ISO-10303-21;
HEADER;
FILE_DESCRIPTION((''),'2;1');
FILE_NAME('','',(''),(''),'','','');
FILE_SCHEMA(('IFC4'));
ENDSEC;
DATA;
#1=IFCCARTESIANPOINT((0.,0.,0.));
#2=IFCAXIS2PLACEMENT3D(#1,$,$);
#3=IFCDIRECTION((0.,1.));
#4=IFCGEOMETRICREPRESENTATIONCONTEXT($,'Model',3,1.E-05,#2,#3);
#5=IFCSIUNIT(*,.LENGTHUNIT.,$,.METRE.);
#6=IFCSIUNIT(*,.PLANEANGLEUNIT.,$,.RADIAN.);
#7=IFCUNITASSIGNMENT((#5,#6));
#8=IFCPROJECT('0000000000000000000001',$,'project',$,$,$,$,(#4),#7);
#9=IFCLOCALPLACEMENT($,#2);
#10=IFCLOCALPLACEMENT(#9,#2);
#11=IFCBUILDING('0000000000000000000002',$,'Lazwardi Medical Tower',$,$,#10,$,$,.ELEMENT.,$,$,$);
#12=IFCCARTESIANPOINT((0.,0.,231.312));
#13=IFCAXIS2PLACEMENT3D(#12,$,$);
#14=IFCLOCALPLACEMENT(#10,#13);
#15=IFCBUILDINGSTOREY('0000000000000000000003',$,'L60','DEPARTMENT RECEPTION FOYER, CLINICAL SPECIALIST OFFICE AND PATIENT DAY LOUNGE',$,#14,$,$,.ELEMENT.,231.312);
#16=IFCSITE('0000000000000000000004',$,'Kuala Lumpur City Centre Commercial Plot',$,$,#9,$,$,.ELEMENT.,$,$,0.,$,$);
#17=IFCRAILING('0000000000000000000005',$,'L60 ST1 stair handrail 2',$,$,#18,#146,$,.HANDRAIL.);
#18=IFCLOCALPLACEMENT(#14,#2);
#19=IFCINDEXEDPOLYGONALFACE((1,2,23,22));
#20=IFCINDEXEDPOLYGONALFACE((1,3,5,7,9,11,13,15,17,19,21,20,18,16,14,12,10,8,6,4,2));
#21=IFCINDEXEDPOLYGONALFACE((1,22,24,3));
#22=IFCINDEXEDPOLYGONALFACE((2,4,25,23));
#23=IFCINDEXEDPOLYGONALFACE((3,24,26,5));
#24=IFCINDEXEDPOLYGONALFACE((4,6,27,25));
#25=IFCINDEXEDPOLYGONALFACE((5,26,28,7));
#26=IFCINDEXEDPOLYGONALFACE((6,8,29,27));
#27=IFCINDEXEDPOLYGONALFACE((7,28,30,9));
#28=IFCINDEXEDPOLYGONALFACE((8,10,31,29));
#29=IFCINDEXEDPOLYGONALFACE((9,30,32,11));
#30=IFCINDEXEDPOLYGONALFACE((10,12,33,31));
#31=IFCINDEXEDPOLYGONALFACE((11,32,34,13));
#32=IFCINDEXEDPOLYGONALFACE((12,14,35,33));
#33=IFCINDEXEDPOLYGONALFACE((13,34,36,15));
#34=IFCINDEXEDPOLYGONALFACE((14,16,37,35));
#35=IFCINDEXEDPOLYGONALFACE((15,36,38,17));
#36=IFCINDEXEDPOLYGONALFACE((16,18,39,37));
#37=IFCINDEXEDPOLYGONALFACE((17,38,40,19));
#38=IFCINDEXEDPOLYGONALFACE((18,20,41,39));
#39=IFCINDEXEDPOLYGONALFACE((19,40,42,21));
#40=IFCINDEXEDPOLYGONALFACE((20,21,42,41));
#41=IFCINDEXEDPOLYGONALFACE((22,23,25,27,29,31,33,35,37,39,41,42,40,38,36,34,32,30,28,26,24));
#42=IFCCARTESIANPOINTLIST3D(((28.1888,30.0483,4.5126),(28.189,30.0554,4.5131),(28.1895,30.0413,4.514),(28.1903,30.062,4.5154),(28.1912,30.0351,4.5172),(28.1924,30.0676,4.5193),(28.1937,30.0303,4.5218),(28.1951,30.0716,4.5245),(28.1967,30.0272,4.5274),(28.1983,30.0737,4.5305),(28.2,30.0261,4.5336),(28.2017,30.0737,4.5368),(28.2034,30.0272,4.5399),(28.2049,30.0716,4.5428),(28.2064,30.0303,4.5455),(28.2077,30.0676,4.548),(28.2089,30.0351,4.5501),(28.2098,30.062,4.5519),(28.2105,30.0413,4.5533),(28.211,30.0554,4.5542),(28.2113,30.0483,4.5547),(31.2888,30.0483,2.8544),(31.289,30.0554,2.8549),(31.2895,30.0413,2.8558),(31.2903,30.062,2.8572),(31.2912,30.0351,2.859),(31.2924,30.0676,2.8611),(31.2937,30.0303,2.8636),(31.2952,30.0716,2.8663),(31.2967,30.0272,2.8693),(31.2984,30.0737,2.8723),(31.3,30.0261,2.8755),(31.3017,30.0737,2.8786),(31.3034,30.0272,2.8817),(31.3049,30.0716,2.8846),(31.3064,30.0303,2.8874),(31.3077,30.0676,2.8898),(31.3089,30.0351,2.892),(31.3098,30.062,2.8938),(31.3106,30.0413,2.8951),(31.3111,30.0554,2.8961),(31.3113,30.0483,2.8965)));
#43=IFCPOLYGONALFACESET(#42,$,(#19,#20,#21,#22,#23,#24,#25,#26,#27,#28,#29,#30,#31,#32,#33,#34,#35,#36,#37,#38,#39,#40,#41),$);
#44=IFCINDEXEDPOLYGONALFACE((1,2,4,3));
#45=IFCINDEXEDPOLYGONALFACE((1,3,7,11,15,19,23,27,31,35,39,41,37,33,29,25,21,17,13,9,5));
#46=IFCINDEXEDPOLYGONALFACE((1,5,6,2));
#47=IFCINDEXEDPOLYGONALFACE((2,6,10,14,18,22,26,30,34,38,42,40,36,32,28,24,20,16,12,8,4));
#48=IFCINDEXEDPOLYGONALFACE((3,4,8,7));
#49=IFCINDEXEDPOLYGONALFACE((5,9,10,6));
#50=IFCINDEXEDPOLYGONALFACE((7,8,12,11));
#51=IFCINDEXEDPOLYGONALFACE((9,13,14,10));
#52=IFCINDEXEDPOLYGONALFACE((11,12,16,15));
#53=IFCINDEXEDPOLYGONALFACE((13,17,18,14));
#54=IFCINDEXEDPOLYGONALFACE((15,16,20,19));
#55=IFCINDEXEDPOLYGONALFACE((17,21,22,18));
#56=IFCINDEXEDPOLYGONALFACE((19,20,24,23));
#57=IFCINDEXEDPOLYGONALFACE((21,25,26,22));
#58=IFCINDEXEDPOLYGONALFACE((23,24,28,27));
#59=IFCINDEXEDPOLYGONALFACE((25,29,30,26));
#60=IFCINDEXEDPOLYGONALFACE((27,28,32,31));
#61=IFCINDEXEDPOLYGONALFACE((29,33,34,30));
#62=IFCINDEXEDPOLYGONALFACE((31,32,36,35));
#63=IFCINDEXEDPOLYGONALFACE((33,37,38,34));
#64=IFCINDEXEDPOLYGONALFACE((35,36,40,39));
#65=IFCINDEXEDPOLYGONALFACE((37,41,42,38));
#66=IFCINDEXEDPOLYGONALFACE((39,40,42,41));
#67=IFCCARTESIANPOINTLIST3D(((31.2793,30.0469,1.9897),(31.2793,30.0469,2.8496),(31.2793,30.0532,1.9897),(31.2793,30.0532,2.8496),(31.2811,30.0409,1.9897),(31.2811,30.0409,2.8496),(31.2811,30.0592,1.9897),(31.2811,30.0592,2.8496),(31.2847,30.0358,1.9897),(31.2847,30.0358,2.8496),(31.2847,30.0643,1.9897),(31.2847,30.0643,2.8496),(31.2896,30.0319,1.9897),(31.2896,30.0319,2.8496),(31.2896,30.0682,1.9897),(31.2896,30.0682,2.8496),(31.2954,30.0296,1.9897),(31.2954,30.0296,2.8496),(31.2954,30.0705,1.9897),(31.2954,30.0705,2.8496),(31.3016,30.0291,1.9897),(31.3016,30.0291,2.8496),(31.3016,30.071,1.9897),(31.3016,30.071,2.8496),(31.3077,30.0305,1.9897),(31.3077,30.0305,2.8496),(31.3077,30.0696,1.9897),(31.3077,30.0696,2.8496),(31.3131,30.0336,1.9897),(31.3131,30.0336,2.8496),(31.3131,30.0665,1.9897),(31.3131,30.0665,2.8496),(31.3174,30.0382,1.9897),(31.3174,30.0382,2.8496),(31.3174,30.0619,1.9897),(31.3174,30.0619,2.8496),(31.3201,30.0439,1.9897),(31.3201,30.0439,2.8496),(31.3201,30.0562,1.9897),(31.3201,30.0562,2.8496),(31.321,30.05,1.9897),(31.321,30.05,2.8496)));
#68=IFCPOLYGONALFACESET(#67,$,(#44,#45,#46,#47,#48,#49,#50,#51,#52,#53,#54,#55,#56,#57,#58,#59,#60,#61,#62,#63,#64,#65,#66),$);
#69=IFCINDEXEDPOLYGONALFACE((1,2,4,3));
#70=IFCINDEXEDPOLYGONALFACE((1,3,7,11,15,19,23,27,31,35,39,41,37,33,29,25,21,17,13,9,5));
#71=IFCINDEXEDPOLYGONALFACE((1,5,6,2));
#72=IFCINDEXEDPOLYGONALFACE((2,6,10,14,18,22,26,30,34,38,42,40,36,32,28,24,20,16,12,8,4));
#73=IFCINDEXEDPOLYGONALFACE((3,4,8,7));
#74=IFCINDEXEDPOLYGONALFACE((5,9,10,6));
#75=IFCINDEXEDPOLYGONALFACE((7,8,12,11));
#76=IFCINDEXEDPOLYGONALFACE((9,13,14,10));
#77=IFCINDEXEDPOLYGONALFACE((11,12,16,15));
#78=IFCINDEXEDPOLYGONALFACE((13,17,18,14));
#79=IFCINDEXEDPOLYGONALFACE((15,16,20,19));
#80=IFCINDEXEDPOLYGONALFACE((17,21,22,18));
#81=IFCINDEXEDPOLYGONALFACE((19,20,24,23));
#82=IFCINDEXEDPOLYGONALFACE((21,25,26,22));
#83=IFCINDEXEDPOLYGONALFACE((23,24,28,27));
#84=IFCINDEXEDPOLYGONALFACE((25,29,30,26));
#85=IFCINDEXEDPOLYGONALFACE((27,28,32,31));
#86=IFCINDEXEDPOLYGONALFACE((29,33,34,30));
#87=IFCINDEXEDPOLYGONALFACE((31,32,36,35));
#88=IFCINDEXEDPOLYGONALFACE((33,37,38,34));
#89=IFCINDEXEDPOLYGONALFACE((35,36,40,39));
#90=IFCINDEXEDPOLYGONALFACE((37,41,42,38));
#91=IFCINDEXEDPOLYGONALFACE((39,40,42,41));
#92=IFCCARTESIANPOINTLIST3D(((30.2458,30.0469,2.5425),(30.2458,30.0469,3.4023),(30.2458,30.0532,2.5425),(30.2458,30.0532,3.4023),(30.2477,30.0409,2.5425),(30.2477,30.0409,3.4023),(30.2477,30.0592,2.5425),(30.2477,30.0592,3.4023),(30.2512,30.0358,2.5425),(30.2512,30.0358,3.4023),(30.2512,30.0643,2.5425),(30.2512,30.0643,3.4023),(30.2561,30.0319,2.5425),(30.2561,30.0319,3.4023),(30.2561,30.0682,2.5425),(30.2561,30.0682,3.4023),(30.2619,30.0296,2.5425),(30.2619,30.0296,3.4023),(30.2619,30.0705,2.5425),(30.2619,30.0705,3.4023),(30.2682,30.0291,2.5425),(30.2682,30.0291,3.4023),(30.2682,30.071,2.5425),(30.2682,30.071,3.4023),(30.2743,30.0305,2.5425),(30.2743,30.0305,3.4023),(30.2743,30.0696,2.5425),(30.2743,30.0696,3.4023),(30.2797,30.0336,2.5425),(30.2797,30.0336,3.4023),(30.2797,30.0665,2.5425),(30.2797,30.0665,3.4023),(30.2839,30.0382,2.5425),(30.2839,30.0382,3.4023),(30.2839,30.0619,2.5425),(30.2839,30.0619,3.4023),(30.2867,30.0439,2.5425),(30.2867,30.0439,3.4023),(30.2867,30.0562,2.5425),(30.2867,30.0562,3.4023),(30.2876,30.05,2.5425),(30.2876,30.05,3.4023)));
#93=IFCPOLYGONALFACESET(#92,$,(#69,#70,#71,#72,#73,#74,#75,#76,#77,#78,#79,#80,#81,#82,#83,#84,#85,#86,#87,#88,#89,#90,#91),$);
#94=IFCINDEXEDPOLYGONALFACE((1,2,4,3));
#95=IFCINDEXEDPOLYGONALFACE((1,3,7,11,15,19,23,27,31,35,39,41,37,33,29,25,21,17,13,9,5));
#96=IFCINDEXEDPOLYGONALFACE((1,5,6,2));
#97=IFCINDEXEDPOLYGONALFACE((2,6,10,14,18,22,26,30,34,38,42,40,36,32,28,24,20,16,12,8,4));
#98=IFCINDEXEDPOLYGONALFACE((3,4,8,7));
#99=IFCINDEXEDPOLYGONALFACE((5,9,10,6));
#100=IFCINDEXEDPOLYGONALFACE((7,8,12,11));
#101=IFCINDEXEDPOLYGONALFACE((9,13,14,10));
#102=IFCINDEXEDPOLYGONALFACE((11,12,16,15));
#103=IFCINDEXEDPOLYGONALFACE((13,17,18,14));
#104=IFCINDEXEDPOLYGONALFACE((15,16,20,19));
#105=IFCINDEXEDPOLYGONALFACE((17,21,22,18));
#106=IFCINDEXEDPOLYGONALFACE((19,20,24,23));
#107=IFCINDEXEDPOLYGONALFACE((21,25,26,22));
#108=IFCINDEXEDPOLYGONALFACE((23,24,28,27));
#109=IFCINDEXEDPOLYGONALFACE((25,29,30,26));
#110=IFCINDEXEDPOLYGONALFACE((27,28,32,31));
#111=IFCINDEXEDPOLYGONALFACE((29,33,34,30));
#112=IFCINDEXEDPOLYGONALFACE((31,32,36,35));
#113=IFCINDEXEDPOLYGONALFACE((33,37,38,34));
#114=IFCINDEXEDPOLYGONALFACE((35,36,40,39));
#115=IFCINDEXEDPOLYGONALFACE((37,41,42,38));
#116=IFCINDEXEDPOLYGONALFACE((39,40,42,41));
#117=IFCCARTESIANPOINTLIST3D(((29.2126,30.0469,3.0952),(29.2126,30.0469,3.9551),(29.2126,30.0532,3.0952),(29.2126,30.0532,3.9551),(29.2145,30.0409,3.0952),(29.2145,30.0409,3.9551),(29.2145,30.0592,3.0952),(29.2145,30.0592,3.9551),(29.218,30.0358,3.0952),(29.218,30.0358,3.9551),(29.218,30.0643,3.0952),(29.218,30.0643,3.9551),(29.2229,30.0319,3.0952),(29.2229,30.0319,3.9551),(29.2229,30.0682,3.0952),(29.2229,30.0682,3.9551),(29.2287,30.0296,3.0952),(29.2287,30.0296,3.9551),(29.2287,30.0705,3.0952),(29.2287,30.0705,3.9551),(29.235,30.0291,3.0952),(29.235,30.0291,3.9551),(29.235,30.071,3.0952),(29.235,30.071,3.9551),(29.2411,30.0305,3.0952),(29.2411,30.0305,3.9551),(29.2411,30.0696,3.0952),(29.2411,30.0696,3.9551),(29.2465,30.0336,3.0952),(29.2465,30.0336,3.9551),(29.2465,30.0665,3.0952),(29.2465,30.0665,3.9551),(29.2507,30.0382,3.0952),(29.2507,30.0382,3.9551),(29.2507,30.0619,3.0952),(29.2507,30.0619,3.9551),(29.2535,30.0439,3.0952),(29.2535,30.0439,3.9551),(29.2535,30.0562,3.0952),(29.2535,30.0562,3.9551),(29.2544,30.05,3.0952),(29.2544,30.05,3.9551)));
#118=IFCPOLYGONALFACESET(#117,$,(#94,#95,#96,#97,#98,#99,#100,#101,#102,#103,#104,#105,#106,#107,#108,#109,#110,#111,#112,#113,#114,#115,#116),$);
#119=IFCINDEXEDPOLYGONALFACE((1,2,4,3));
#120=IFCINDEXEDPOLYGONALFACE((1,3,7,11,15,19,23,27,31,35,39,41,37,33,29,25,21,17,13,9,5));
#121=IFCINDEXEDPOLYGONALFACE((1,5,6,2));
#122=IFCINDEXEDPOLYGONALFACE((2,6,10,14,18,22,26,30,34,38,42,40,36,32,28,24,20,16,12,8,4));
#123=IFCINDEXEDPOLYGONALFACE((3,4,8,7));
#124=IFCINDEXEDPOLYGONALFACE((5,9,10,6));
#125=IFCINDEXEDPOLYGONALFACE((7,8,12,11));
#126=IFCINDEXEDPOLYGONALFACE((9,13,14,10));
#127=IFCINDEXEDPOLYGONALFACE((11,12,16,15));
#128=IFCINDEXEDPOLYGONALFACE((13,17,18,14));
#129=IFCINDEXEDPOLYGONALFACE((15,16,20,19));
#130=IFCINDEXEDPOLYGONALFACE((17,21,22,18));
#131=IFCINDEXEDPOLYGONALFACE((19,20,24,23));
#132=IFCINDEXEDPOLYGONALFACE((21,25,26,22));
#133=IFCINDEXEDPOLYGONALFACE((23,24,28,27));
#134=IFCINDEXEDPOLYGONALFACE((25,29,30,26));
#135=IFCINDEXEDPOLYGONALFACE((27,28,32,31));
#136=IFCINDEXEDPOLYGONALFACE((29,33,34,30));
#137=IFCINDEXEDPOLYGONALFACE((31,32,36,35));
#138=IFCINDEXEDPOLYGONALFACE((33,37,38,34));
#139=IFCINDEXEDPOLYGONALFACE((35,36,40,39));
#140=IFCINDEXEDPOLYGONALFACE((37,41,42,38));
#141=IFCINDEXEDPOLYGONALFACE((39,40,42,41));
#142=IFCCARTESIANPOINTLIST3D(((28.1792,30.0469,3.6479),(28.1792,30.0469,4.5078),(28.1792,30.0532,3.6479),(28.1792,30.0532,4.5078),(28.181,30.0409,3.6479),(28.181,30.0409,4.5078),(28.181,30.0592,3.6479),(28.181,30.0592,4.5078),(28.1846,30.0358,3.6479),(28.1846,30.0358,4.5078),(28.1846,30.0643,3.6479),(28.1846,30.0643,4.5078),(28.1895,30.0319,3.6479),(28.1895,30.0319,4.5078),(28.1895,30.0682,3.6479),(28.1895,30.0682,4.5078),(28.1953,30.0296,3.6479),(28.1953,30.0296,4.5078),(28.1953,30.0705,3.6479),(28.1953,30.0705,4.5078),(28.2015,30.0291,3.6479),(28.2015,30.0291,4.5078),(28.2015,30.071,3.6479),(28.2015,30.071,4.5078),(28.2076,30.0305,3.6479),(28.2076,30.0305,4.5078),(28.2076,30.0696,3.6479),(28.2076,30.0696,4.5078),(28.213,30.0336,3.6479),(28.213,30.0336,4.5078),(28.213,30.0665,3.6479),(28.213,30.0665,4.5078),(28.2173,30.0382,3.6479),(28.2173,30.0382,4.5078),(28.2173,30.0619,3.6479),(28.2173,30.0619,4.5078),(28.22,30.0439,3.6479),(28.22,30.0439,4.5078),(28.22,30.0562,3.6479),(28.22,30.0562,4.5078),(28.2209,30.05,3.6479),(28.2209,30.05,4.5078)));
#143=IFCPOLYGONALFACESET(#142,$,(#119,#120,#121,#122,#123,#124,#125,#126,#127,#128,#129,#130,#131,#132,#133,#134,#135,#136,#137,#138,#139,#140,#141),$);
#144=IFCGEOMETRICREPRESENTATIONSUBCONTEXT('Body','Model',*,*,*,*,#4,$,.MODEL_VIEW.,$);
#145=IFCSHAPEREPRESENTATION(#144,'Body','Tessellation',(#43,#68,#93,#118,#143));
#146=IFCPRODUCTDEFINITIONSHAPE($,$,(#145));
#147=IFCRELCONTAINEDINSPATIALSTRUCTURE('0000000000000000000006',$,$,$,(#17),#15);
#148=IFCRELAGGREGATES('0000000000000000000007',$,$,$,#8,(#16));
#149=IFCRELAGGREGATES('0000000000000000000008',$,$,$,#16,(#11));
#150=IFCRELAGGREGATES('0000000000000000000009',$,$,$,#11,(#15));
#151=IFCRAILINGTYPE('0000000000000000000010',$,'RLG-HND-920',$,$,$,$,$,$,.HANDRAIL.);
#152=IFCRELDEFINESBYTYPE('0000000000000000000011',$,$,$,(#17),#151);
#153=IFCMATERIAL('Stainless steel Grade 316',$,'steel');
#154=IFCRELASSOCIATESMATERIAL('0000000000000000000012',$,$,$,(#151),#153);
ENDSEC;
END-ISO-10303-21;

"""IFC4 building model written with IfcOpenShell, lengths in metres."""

from ifc_helpers import new_model, si_unit, direction, frame, origin, origin_2d, place, context, subcontext, project, spatial, circle, extrude, material, type_object, element, save


model = new_model("IFC4")

# Units and contexts
model_context = context("Model", 3, precision=1e-05, world=origin(), true_north=direction((0.0, 1.0)))
body_context = subcontext(model_context, "Body", "Model", "MODEL_VIEW")
ifc_project = project(units=[si_unit("LENGTHUNIT", "METRE"), si_unit("PLANEANGLEUNIT", "RADIAN")], contexts=[model_context])

# Site, building, storey
site_placement = place(None, origin())
site = spatial("IfcSite", under=ifc_project, at=site_placement, Name="Kuala Lumpur City Centre Commercial Plot", CompositionType="ELEMENT", RefElevation=0.0)
building_placement = place(site_placement, origin())
building = spatial("IfcBuilding", under=site, at=building_placement, Name="Lazwardi Medical Tower", CompositionType="ELEMENT")
storey_placement = place(building_placement, frame((0.0, 0.0, 231.312)))
storey = spatial("IfcBuildingStorey", under=building, at=storey_placement, Name="L60", Description="DEPARTMENT RECEPTION FOYER, CLINICAL SPECIALIST OFFICE AND PATIENT DAY LOUNGE", CompositionType="ELEMENT", Elevation=231.312)

# Railing
ifc_material_1 = material(Name="Stainless steel Grade 316", Category="steel")
railing_type_1 = type_object("IfcRailingType", Name="RLG-HND-920", PredefinedType="HANDRAIL", material=ifc_material_1)
railing_1_placement = place(storey_placement, frame((31.3, 30.05, 1.9897)))
element("IfcRailing", 1, at=railing_1_placement, inside=storey, type_object=railing_type_1, Name="L60 ST1 stair handrail 2", PredefinedType="HANDRAIL", context=body_context, shape_type="SweptSolid", body=[
    extrude(circle(Radius=0.0239, at=origin_2d()), frame((0.0, 0.0, 0.8857), z_axis=(-0.881783, 0.0, 0.471655), x_axis=(0.0, -1.0, 0.0)), (0.0, 0.0, 1.0), 3.5156),
    extrude(circle(Radius=0.021, at=origin_2d()), origin(), (0.0, 0.0, 1.0), 0.8599),
    extrude(circle(Radius=0.021, at=origin_2d()), frame((-1.0334, 0.0, 0.5527)), (0.0, 0.0, 1.0), 0.8599),
    extrude(circle(Radius=0.021, at=origin_2d()), frame((-2.0667, 0.0, 1.1055)), (0.0, 0.0, 1.0), 0.8599),
    extrude(circle(Radius=0.021, at=origin_2d()), frame((-3.1001, 0.0, 1.6582)), (0.0, 0.0, 1.0), 0.8599),
])

save(model, "model.ifc")
